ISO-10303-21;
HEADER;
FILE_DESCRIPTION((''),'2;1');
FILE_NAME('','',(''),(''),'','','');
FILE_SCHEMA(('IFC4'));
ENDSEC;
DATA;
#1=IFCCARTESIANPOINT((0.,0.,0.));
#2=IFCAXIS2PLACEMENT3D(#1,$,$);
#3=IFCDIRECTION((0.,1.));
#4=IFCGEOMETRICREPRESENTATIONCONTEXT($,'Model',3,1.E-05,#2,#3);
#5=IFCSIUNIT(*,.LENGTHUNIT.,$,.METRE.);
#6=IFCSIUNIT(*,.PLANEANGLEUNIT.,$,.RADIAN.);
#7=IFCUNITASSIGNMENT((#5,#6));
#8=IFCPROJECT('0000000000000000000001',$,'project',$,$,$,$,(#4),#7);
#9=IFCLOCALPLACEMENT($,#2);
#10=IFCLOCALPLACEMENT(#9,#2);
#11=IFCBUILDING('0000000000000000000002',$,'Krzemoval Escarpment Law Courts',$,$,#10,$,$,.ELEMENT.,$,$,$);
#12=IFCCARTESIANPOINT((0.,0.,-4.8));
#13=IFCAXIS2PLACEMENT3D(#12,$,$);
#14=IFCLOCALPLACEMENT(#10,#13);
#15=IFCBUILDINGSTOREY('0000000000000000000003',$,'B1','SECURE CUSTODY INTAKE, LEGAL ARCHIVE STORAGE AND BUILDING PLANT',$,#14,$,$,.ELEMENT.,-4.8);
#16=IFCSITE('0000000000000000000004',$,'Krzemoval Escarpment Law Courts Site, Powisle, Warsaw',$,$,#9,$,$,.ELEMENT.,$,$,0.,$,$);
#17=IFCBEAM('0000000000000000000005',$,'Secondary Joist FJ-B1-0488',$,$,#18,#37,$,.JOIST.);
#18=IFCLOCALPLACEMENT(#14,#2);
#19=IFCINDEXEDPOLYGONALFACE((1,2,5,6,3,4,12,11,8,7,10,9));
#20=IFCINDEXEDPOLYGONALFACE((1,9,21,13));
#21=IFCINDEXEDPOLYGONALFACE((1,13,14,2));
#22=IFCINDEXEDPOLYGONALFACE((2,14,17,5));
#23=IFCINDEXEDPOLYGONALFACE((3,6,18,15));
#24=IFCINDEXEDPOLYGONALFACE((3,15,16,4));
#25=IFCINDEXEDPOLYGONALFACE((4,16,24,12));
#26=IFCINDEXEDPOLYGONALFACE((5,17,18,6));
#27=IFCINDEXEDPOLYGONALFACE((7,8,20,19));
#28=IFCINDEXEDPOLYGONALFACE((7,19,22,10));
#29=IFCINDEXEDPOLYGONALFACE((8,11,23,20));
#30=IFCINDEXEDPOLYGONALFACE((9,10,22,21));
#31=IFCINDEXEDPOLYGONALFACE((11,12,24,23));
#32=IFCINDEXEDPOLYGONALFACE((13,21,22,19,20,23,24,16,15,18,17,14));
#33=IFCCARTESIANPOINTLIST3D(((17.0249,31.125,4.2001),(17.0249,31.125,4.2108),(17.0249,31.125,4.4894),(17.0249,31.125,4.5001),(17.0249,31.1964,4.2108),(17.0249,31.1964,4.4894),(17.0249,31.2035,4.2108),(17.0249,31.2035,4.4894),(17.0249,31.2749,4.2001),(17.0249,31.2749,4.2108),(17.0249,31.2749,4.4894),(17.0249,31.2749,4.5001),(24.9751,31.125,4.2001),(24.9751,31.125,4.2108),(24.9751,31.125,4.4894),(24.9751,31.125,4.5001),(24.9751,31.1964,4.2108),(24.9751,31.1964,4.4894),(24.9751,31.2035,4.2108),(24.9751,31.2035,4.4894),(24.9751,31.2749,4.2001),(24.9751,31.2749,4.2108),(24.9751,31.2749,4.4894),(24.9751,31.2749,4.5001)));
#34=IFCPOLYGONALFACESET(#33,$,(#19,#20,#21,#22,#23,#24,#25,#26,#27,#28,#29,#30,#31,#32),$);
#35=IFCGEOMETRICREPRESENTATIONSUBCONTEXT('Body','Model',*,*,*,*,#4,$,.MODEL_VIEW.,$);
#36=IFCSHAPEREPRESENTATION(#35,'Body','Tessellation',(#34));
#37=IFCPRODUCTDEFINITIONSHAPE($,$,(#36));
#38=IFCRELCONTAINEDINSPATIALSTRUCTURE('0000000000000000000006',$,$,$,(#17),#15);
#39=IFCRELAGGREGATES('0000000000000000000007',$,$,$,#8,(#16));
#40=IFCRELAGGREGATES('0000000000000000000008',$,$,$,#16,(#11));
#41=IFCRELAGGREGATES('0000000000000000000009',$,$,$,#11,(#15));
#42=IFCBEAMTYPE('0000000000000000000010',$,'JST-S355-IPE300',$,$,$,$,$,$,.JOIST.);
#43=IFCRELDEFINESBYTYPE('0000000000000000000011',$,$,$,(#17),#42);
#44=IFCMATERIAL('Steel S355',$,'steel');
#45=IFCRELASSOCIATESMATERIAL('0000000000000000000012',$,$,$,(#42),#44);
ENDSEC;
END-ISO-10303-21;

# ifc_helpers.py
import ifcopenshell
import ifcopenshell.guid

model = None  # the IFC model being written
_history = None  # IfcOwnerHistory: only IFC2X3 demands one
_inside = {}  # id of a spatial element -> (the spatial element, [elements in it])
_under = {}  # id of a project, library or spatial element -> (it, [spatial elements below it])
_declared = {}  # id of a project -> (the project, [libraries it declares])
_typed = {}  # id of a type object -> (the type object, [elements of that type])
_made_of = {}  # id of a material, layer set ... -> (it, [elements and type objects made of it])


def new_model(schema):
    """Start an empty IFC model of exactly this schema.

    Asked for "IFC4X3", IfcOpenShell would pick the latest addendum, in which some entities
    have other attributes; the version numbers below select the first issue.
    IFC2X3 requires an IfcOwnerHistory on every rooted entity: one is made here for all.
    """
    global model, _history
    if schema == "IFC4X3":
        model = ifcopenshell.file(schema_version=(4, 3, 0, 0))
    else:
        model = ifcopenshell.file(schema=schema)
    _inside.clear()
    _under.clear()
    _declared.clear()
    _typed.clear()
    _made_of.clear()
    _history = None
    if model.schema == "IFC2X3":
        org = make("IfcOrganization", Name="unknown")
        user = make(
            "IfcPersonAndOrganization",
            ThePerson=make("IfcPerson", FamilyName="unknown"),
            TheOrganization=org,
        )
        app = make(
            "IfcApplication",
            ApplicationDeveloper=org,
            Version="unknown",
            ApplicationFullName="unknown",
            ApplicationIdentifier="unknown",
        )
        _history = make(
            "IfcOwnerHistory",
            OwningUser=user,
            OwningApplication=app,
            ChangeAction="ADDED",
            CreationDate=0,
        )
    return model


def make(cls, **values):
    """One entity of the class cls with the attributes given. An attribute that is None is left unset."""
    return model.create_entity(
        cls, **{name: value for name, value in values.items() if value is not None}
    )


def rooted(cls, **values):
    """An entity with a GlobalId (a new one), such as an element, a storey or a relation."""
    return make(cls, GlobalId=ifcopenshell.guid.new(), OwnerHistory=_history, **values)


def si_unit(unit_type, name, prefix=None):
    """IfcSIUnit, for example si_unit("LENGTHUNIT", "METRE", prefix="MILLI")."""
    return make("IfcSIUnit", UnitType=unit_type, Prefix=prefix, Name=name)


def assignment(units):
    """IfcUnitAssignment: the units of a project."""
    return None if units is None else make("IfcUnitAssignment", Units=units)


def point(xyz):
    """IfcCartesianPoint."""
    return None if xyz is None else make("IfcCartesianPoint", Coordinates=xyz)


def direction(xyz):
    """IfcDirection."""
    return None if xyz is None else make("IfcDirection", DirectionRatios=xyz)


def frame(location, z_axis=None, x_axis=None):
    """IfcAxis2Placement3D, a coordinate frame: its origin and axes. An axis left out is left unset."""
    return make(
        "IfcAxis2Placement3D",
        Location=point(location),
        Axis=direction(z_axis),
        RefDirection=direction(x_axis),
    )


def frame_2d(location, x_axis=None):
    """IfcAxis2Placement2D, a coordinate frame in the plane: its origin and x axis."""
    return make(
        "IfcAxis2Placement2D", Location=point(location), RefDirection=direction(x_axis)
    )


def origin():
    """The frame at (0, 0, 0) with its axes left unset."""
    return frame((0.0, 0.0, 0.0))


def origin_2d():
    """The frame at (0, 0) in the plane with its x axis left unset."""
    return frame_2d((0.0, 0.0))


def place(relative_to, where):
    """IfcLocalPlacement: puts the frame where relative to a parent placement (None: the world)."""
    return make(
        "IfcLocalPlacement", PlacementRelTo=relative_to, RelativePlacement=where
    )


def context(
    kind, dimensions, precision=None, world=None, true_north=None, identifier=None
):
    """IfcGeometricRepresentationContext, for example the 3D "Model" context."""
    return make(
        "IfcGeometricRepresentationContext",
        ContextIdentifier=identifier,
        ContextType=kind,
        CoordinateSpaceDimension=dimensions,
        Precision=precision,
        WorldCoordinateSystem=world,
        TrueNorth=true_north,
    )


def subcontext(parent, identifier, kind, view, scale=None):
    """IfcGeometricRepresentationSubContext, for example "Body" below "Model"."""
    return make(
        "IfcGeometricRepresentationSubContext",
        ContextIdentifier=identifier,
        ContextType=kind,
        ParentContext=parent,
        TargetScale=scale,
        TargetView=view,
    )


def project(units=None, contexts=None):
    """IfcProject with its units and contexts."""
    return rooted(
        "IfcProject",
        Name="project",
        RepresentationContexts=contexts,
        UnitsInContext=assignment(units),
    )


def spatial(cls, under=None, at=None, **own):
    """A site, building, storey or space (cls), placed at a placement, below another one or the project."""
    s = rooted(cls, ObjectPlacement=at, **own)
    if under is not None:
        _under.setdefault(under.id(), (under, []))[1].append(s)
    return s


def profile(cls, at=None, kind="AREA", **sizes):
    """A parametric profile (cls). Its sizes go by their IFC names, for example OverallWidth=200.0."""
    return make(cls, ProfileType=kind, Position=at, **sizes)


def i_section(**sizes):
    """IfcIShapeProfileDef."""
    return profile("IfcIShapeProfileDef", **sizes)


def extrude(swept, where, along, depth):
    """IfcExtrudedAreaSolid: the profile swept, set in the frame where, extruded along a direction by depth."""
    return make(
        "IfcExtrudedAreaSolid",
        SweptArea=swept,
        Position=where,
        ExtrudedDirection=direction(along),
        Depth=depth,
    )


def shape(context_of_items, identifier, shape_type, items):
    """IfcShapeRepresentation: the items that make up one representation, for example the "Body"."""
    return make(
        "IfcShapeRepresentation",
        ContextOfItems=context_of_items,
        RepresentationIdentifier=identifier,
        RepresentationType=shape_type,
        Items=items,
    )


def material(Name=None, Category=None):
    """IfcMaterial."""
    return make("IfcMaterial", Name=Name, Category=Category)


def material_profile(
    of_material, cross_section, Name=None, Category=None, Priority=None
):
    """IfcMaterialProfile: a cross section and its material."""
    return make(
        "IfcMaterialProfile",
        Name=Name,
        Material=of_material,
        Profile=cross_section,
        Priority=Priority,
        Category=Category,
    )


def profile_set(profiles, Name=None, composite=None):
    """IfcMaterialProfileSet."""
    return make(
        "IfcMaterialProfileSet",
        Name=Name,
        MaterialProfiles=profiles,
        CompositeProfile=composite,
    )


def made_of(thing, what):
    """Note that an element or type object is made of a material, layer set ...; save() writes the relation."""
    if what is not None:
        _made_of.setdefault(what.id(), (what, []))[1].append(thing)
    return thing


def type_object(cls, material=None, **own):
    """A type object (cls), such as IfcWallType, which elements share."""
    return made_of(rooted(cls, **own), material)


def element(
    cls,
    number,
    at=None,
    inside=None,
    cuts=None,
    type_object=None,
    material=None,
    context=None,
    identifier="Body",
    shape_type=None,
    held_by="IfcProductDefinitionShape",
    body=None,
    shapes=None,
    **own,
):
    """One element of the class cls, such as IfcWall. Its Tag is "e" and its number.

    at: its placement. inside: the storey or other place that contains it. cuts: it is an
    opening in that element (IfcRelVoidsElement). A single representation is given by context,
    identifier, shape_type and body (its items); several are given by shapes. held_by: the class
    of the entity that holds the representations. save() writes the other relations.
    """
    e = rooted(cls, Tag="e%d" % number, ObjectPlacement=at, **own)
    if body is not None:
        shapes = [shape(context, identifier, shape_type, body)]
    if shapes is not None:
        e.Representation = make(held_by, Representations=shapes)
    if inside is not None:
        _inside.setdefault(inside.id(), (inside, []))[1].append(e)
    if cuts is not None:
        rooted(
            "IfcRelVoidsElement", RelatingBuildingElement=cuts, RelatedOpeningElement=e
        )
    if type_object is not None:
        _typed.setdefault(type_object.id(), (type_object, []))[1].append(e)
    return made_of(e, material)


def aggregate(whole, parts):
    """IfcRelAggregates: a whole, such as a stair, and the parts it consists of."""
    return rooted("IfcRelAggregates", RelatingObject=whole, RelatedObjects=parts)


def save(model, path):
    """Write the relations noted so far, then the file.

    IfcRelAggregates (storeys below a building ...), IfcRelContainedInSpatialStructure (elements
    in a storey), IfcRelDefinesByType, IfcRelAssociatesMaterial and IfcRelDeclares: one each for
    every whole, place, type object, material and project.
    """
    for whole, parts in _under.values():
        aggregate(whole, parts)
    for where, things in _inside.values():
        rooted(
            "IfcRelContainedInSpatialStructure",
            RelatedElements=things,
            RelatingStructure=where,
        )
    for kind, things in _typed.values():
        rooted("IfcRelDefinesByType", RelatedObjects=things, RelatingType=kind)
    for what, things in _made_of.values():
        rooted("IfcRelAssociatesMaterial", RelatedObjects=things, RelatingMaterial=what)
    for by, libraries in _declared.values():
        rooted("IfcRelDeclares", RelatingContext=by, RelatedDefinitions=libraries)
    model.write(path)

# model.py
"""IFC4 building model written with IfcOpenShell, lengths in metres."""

from ifc_helpers import new_model, si_unit, direction, frame, origin, origin_2d, place, context, subcontext, project, spatial, i_section, extrude, material, material_profile, profile_set, type_object, element, save


model = new_model("IFC4")

# Units and contexts
model_context = context("Model", 3, precision=1e-05, world=origin(), true_north=direction((0.0, 1.0)))
body_context = subcontext(model_context, "Body", "Model", "MODEL_VIEW")
ifc_project = project(units=[si_unit("LENGTHUNIT", "METRE"), si_unit("PLANEANGLEUNIT", "RADIAN")], contexts=[model_context])

# Site, building, storey
site_placement = place(None, origin())
site = spatial("IfcSite", under=ifc_project, at=site_placement, Name="Krzemoval Escarpment Law Courts Site, Powisle, Warsaw", CompositionType="ELEMENT", RefElevation=0.0)
building_placement = place(site_placement, origin())
building = spatial("IfcBuilding", under=site, at=building_placement, Name="Krzemoval Escarpment Law Courts", CompositionType="ELEMENT")
storey_placement = place(building_placement, frame((0.0, 0.0, -4.8)))
storey = spatial("IfcBuildingStorey", under=building, at=storey_placement, Name="B1", Description="SECURE CUSTODY INTAKE, LEGAL ARCHIVE STORAGE AND BUILDING PLANT", CompositionType="ELEMENT", Elevation=-4.8)

# Beam
ifc_material_1 = material(Name="Steel S355", Category="steel")
ifc_material_profile_1 = material_profile(ifc_material_1, i_section(OverallWidth=0.1499, OverallDepth=0.3, WebThickness=0.0071, FlangeThickness=0.0107, at=origin_2d()), Name="IPE 300")
ifc_profile_set_1 = profile_set([ifc_material_profile_1], Name="Steel S355")
beam_type_1 = type_object("IfcBeamType", Name="JST-S355-IPE300", PredefinedType="JOIST", material=ifc_profile_set_1)
beam_1_placement = place(storey_placement, frame((17.0249, 31.2, 4.3501), z_axis=(1.0, 0.0, 0.0), x_axis=(0.0, 1.0, 0.0)))
element("IfcBeam", 1, at=beam_1_placement, inside=storey, type_object=beam_type_1, Name="Secondary Joist FJ-B1-0488", PredefinedType="JOIST", context=body_context, shape_type="SweptSolid", body=[
    extrude(i_section(OverallWidth=0.1499, OverallDepth=0.3, WebThickness=0.0071, FlangeThickness=0.0107, at=origin_2d()), origin(), (0.0, 0.0, 1.0), 7.9502),
])

save(model, "model.ifc")
